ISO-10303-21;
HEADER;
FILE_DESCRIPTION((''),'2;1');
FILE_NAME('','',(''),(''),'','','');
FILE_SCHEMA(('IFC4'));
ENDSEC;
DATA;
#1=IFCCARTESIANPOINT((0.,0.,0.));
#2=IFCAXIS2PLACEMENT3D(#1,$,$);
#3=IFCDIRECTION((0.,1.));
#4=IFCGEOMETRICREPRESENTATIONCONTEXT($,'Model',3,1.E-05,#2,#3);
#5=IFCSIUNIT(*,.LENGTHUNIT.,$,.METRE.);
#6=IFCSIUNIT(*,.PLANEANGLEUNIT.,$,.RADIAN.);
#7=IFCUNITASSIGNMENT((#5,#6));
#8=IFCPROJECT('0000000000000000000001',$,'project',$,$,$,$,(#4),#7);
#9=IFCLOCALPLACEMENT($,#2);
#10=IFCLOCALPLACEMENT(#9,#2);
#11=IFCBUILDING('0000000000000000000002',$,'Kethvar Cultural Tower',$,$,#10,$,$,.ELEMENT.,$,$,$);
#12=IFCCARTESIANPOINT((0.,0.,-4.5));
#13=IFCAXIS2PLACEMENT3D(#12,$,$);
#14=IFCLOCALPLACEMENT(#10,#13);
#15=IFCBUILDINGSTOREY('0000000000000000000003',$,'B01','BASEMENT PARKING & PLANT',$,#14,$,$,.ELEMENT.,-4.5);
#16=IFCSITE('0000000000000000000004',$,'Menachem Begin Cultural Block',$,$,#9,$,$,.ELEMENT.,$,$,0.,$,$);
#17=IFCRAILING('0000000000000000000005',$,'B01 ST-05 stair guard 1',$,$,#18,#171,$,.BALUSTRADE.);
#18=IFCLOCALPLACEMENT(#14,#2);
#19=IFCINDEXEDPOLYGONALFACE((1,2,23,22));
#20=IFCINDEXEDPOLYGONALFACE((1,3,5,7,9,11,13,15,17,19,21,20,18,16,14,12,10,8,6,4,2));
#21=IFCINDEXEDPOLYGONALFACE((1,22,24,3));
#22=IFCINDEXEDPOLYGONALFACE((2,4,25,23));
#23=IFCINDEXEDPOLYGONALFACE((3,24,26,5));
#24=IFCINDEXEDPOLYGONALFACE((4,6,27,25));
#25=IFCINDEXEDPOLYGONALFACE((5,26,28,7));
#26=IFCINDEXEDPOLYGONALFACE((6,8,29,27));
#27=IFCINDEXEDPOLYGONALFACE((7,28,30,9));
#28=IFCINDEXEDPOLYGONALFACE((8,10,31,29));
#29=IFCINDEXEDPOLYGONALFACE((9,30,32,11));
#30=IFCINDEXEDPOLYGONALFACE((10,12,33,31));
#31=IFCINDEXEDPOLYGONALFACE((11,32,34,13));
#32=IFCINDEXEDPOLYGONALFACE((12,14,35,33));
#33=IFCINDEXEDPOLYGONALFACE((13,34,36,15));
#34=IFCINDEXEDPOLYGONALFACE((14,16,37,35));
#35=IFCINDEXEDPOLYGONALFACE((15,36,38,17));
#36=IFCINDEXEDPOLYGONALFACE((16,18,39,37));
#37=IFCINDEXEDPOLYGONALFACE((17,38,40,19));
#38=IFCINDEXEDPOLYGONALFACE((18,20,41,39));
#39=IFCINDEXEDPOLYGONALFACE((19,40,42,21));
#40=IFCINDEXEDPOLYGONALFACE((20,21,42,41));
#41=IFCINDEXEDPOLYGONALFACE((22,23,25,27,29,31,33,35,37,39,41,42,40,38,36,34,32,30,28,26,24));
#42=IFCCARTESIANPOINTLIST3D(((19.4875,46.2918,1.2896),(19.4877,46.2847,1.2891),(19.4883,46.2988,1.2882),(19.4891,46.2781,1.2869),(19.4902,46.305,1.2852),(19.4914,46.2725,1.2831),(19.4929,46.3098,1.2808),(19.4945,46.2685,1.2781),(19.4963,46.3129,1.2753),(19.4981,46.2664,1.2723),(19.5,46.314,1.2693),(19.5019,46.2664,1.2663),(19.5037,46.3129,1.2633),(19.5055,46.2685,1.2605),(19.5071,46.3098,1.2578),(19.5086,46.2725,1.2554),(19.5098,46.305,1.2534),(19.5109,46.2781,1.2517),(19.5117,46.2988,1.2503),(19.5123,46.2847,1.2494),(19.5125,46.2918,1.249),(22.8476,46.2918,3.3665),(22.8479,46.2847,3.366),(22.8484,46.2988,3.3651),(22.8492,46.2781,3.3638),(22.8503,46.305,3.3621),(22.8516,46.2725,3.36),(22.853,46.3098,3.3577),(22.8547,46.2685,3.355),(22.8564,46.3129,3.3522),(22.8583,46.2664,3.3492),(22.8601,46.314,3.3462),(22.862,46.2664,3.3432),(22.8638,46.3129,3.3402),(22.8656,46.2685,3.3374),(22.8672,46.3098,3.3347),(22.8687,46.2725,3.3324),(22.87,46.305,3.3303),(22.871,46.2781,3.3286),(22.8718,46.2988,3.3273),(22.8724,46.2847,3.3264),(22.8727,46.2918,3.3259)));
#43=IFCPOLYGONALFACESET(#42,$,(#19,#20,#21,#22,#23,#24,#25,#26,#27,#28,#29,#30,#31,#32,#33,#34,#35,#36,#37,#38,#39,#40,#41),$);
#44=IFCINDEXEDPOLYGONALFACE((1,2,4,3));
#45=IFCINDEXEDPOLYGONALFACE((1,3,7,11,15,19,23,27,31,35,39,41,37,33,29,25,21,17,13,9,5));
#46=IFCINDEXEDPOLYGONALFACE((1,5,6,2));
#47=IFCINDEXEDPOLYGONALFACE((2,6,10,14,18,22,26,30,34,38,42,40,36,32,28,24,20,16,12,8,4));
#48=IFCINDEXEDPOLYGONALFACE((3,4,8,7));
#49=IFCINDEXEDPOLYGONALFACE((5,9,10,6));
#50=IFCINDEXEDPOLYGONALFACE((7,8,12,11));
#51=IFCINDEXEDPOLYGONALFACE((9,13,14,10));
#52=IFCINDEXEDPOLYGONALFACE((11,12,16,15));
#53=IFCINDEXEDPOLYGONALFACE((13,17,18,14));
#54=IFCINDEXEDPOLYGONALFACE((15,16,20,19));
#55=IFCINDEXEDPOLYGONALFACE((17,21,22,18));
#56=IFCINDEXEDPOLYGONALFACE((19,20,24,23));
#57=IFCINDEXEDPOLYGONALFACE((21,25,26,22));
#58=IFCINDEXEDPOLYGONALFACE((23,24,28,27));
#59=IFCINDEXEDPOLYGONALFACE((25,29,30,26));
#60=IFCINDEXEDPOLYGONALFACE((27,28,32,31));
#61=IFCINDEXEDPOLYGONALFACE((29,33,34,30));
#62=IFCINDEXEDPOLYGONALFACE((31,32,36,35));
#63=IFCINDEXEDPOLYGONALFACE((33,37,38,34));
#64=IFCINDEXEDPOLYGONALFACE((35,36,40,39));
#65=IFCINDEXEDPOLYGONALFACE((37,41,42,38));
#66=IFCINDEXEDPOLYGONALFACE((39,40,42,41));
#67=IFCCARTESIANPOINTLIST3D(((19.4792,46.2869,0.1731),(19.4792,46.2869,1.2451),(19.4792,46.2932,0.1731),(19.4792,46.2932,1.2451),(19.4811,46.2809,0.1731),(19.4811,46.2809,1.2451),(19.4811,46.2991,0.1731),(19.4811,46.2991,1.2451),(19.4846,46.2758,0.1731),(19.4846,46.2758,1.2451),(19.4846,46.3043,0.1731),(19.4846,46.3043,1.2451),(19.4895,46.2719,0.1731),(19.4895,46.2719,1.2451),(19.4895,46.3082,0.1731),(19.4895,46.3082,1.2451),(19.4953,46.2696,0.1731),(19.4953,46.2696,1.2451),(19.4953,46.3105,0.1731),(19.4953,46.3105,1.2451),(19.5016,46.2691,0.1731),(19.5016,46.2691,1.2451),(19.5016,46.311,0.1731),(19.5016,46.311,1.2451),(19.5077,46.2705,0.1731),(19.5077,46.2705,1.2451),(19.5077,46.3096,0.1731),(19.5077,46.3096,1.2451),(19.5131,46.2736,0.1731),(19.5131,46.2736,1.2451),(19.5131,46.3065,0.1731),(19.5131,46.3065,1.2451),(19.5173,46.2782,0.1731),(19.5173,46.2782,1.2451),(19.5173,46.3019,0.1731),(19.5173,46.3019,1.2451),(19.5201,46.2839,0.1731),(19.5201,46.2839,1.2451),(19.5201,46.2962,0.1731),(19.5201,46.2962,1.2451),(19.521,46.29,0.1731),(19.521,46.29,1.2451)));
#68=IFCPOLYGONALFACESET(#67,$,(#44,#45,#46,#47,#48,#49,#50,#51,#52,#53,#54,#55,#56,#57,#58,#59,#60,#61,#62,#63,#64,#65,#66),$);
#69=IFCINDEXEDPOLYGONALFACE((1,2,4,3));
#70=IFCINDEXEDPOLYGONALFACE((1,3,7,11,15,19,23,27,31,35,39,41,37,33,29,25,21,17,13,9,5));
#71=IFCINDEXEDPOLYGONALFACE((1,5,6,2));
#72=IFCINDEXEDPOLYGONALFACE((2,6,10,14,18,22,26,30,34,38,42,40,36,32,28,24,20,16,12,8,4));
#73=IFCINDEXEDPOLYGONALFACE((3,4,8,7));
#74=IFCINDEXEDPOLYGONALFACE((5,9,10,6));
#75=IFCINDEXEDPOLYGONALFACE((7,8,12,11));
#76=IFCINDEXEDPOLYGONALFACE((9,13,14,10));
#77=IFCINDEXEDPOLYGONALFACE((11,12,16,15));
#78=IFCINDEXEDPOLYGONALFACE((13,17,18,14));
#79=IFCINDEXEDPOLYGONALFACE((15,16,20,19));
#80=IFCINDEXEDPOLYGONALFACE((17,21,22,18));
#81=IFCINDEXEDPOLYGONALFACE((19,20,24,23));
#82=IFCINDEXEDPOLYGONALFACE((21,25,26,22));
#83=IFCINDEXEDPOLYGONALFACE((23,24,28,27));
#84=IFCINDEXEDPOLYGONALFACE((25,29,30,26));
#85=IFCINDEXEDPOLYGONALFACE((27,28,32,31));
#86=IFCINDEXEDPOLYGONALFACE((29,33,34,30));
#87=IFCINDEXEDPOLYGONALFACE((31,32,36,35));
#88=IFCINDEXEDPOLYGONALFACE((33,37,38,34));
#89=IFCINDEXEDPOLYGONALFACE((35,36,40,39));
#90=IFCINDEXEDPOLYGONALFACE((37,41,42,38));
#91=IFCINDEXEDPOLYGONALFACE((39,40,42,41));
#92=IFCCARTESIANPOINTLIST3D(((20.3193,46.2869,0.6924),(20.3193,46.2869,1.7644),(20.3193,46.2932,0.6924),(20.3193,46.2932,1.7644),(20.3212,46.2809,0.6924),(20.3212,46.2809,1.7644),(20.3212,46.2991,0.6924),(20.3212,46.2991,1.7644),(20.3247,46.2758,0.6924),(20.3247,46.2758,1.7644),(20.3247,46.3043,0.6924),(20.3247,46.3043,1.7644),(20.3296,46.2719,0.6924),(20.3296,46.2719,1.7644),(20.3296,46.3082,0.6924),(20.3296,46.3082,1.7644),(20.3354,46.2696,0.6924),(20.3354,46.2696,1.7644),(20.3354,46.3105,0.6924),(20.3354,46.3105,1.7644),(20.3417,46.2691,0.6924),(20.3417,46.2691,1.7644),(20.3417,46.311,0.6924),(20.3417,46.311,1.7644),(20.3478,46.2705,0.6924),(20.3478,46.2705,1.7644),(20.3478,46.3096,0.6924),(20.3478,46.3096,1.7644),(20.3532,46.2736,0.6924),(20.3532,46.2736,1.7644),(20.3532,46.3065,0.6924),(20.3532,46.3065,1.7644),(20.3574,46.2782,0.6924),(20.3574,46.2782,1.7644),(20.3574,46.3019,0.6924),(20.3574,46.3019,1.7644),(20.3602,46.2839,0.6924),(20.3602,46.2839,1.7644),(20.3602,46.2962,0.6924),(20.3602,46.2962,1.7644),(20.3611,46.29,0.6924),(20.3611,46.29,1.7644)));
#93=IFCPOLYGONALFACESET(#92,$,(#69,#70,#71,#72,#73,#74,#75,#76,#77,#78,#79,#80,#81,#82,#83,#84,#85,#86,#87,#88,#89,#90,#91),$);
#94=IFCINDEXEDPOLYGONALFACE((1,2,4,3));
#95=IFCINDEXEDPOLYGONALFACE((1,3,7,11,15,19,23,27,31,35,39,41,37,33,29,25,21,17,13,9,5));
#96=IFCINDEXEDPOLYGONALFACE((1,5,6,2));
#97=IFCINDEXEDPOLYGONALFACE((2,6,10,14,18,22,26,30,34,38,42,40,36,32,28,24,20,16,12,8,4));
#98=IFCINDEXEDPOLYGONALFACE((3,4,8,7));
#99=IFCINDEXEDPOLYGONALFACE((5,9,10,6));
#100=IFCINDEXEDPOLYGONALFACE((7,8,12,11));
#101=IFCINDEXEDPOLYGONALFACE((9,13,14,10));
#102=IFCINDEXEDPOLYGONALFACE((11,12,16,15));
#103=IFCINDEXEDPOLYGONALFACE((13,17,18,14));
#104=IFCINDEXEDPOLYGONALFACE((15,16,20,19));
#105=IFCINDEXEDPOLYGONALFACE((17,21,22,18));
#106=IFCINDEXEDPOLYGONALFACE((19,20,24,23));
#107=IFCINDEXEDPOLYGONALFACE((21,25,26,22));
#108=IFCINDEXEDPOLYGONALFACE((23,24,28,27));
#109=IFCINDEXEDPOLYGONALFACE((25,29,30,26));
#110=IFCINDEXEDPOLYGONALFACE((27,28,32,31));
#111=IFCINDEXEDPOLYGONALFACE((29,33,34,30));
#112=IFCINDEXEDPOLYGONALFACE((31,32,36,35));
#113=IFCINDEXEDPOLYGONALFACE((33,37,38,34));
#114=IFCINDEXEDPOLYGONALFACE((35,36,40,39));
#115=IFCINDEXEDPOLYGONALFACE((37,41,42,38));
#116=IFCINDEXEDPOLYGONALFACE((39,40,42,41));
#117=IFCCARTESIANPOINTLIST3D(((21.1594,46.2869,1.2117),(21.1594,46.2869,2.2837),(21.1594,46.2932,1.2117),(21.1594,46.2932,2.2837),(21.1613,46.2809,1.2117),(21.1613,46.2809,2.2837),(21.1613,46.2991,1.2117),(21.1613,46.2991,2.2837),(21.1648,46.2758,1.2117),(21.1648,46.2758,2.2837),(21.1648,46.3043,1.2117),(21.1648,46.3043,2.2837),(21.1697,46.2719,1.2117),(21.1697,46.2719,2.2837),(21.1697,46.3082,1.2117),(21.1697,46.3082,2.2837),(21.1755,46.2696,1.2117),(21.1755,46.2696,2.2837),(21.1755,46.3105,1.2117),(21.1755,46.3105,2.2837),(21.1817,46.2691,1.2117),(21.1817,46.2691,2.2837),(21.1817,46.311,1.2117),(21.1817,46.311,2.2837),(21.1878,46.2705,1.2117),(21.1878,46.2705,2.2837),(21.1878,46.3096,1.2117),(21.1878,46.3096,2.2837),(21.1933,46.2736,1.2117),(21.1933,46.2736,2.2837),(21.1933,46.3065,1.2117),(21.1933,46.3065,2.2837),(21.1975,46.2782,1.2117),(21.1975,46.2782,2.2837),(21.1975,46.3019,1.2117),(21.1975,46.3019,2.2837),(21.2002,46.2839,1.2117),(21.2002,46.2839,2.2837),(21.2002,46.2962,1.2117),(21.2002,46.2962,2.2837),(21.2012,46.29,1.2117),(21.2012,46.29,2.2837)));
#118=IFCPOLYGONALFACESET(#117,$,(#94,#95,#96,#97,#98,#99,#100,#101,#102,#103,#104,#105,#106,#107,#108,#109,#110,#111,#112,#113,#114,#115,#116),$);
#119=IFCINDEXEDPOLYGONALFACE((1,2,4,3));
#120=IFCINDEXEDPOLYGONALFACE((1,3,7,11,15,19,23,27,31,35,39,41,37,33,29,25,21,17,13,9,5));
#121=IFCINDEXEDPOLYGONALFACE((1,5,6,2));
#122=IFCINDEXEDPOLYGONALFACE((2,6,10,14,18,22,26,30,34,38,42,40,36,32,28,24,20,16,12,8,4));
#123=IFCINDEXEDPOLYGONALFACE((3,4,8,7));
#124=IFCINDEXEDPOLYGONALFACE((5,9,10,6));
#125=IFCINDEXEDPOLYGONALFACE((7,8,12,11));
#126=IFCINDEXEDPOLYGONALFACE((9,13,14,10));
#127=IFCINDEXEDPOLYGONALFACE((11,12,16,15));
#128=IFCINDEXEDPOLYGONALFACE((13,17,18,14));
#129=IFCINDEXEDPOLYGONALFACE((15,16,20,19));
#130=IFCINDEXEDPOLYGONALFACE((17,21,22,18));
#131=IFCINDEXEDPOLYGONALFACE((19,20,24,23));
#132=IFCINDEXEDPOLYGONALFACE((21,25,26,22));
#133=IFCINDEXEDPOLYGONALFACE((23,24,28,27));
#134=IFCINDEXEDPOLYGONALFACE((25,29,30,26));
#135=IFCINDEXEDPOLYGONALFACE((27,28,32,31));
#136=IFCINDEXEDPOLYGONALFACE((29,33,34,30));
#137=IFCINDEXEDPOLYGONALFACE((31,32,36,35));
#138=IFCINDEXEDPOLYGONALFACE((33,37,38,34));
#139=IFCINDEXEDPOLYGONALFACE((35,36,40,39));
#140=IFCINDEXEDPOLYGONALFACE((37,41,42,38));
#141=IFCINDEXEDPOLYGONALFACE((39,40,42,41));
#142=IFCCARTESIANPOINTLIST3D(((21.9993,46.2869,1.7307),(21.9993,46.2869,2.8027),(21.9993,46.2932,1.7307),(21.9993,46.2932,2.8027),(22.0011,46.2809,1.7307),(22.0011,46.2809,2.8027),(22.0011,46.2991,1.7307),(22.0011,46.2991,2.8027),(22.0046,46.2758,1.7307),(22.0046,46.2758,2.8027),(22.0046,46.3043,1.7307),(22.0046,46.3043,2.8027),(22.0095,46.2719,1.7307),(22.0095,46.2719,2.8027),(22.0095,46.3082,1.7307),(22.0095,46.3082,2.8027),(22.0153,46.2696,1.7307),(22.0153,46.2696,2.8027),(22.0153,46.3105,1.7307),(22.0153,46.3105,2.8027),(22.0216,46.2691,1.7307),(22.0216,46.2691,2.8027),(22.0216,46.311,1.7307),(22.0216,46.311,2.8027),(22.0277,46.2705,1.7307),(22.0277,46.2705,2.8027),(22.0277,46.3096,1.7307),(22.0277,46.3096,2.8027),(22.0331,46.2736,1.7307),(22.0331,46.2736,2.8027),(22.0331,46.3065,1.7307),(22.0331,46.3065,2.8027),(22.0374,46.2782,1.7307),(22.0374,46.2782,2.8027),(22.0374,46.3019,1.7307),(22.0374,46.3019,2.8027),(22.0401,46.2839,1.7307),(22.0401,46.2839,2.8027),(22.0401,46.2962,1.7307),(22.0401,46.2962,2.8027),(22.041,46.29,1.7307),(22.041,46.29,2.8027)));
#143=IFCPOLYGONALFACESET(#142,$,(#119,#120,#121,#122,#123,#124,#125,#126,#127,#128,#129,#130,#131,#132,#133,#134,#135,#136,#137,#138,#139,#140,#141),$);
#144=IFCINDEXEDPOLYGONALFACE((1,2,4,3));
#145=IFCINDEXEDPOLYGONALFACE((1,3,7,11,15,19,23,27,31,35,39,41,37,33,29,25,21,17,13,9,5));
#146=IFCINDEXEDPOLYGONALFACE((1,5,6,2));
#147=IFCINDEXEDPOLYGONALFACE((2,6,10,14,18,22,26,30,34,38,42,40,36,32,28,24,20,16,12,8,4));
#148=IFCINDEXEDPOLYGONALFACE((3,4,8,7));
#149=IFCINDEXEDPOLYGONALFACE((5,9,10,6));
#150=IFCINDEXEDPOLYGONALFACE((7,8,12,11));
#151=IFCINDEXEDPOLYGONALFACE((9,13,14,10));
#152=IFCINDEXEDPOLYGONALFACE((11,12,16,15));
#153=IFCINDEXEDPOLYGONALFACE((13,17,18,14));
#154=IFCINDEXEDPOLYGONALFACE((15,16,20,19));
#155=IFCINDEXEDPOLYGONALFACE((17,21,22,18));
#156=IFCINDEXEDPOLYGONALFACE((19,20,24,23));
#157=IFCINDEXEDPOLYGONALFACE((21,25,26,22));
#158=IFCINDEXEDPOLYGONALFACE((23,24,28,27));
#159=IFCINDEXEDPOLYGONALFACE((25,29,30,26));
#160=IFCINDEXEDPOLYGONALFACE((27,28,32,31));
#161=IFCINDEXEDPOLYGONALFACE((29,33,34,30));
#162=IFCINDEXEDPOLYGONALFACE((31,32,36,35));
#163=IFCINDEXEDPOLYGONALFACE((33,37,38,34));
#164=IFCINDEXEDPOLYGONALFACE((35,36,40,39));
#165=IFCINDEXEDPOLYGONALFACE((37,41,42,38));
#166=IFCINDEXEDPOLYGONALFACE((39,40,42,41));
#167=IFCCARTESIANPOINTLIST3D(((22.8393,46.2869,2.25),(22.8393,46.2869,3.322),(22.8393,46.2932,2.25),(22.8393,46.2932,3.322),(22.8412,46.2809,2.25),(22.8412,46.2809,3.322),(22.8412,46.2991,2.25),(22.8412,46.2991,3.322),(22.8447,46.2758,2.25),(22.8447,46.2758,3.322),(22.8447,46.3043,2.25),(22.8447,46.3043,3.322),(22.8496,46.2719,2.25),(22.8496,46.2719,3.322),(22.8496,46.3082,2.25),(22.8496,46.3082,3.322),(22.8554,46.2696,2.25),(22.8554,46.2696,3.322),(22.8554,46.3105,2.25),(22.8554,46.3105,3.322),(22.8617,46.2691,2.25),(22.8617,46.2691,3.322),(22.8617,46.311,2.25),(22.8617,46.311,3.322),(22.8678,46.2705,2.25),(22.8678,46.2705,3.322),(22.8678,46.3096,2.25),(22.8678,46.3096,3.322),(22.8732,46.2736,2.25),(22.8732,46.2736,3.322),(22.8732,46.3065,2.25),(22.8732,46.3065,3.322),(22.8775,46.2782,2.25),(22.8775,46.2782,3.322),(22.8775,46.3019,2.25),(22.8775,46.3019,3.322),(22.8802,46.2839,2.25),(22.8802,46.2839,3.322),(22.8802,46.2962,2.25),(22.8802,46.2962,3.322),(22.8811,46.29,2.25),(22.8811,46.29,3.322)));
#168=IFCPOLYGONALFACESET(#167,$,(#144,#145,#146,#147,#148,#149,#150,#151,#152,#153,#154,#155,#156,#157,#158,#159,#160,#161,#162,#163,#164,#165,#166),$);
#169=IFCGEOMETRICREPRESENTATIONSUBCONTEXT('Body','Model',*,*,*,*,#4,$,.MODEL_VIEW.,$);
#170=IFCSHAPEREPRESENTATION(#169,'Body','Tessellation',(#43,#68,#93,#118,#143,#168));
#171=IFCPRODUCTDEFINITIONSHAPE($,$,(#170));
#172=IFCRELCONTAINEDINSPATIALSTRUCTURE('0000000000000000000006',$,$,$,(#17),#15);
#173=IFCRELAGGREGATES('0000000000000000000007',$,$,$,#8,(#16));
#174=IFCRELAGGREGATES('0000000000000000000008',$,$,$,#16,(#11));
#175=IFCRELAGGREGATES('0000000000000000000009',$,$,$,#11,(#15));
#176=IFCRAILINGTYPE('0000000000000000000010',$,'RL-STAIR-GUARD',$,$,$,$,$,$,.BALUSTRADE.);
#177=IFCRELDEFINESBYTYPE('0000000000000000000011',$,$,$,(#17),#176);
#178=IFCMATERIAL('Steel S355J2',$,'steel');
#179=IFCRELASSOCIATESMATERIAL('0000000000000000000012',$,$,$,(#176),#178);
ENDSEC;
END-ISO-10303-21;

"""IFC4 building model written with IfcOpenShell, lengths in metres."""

from ifc_helpers import new_model, si_unit, direction, frame, origin, origin_2d, place, context, subcontext, project, spatial, circle, extrude, material, type_object, element, save


model = new_model("IFC4")

# Units and contexts
model_context = context("Model", 3, precision=1e-05, world=origin(), true_north=direction((0.0, 1.0)))
body_context = subcontext(model_context, "Body", "Model", "MODEL_VIEW")
ifc_project = project(units=[si_unit("LENGTHUNIT", "METRE"), si_unit("PLANEANGLEUNIT", "RADIAN")], contexts=[model_context])

# Site, building, storey
site_placement = place(None, origin())
site = spatial("IfcSite", under=ifc_project, at=site_placement, Name="Menachem Begin Cultural Block", CompositionType="ELEMENT", RefElevation=0.0)
building_placement = place(site_placement, origin())
building = spatial("IfcBuilding", under=site, at=building_placement, Name="Kethvar Cultural Tower", CompositionType="ELEMENT")
storey_placement = place(building_placement, frame((0.0, 0.0, -4.5)))
storey = spatial("IfcBuildingStorey", under=building, at=storey_placement, Name="B01", Description="BASEMENT PARKING & PLANT", CompositionType="ELEMENT", Elevation=-4.5)

# Shared definitions
ifc_material_1 = material(Name="Steel S355J2", Category="steel")

# Railing
railing_type_1 = type_object("IfcRailingType", Name="RL-STAIR-GUARD", PredefinedType="BALUSTRADE", material=ifc_material_1)
railing_1_placement = place(storey_placement, frame((19.5, 46.29, 0.1731)))
element("IfcRailing", 1, at=railing_1_placement, inside=storey, type_object=railing_type_1, Name="B01 ST-05 stair guard 1", PredefinedType="BALUSTRADE", context=body_context, shape_type="SweptSolid", body=[
    extrude(circle(Radius=0.0239, at=origin_2d()), frame((0.0, 0.0, 1.0962), z_axis=(0.850623, 0.0, 0.525776), x_axis=(0.0, 1.0, 0.0)), (0.0, 0.0, 1.0), 3.9502),
    extrude(circle(Radius=0.021, at=origin_2d()), origin(), (0.0, 0.0, 1.0), 1.072),
    extrude(circle(Radius=0.021, at=origin_2d()), frame((0.8401, 0.0, 0.5193)), (0.0, 0.0, 1.0), 1.072),
    extrude(circle(Radius=0.021, at=origin_2d()), frame((1.6802, 0.0, 1.0386)), (0.0, 0.0, 1.0), 1.072),
    extrude(circle(Radius=0.021, at=origin_2d()), frame((2.52, 0.0, 1.5576)), (0.0, 0.0, 1.0), 1.072),
    extrude(circle(Radius=0.021, at=origin_2d()), frame((3.3601, 0.0, 2.0769)), (0.0, 0.0, 1.0), 1.072),
])

save(model, "model.ifc")
